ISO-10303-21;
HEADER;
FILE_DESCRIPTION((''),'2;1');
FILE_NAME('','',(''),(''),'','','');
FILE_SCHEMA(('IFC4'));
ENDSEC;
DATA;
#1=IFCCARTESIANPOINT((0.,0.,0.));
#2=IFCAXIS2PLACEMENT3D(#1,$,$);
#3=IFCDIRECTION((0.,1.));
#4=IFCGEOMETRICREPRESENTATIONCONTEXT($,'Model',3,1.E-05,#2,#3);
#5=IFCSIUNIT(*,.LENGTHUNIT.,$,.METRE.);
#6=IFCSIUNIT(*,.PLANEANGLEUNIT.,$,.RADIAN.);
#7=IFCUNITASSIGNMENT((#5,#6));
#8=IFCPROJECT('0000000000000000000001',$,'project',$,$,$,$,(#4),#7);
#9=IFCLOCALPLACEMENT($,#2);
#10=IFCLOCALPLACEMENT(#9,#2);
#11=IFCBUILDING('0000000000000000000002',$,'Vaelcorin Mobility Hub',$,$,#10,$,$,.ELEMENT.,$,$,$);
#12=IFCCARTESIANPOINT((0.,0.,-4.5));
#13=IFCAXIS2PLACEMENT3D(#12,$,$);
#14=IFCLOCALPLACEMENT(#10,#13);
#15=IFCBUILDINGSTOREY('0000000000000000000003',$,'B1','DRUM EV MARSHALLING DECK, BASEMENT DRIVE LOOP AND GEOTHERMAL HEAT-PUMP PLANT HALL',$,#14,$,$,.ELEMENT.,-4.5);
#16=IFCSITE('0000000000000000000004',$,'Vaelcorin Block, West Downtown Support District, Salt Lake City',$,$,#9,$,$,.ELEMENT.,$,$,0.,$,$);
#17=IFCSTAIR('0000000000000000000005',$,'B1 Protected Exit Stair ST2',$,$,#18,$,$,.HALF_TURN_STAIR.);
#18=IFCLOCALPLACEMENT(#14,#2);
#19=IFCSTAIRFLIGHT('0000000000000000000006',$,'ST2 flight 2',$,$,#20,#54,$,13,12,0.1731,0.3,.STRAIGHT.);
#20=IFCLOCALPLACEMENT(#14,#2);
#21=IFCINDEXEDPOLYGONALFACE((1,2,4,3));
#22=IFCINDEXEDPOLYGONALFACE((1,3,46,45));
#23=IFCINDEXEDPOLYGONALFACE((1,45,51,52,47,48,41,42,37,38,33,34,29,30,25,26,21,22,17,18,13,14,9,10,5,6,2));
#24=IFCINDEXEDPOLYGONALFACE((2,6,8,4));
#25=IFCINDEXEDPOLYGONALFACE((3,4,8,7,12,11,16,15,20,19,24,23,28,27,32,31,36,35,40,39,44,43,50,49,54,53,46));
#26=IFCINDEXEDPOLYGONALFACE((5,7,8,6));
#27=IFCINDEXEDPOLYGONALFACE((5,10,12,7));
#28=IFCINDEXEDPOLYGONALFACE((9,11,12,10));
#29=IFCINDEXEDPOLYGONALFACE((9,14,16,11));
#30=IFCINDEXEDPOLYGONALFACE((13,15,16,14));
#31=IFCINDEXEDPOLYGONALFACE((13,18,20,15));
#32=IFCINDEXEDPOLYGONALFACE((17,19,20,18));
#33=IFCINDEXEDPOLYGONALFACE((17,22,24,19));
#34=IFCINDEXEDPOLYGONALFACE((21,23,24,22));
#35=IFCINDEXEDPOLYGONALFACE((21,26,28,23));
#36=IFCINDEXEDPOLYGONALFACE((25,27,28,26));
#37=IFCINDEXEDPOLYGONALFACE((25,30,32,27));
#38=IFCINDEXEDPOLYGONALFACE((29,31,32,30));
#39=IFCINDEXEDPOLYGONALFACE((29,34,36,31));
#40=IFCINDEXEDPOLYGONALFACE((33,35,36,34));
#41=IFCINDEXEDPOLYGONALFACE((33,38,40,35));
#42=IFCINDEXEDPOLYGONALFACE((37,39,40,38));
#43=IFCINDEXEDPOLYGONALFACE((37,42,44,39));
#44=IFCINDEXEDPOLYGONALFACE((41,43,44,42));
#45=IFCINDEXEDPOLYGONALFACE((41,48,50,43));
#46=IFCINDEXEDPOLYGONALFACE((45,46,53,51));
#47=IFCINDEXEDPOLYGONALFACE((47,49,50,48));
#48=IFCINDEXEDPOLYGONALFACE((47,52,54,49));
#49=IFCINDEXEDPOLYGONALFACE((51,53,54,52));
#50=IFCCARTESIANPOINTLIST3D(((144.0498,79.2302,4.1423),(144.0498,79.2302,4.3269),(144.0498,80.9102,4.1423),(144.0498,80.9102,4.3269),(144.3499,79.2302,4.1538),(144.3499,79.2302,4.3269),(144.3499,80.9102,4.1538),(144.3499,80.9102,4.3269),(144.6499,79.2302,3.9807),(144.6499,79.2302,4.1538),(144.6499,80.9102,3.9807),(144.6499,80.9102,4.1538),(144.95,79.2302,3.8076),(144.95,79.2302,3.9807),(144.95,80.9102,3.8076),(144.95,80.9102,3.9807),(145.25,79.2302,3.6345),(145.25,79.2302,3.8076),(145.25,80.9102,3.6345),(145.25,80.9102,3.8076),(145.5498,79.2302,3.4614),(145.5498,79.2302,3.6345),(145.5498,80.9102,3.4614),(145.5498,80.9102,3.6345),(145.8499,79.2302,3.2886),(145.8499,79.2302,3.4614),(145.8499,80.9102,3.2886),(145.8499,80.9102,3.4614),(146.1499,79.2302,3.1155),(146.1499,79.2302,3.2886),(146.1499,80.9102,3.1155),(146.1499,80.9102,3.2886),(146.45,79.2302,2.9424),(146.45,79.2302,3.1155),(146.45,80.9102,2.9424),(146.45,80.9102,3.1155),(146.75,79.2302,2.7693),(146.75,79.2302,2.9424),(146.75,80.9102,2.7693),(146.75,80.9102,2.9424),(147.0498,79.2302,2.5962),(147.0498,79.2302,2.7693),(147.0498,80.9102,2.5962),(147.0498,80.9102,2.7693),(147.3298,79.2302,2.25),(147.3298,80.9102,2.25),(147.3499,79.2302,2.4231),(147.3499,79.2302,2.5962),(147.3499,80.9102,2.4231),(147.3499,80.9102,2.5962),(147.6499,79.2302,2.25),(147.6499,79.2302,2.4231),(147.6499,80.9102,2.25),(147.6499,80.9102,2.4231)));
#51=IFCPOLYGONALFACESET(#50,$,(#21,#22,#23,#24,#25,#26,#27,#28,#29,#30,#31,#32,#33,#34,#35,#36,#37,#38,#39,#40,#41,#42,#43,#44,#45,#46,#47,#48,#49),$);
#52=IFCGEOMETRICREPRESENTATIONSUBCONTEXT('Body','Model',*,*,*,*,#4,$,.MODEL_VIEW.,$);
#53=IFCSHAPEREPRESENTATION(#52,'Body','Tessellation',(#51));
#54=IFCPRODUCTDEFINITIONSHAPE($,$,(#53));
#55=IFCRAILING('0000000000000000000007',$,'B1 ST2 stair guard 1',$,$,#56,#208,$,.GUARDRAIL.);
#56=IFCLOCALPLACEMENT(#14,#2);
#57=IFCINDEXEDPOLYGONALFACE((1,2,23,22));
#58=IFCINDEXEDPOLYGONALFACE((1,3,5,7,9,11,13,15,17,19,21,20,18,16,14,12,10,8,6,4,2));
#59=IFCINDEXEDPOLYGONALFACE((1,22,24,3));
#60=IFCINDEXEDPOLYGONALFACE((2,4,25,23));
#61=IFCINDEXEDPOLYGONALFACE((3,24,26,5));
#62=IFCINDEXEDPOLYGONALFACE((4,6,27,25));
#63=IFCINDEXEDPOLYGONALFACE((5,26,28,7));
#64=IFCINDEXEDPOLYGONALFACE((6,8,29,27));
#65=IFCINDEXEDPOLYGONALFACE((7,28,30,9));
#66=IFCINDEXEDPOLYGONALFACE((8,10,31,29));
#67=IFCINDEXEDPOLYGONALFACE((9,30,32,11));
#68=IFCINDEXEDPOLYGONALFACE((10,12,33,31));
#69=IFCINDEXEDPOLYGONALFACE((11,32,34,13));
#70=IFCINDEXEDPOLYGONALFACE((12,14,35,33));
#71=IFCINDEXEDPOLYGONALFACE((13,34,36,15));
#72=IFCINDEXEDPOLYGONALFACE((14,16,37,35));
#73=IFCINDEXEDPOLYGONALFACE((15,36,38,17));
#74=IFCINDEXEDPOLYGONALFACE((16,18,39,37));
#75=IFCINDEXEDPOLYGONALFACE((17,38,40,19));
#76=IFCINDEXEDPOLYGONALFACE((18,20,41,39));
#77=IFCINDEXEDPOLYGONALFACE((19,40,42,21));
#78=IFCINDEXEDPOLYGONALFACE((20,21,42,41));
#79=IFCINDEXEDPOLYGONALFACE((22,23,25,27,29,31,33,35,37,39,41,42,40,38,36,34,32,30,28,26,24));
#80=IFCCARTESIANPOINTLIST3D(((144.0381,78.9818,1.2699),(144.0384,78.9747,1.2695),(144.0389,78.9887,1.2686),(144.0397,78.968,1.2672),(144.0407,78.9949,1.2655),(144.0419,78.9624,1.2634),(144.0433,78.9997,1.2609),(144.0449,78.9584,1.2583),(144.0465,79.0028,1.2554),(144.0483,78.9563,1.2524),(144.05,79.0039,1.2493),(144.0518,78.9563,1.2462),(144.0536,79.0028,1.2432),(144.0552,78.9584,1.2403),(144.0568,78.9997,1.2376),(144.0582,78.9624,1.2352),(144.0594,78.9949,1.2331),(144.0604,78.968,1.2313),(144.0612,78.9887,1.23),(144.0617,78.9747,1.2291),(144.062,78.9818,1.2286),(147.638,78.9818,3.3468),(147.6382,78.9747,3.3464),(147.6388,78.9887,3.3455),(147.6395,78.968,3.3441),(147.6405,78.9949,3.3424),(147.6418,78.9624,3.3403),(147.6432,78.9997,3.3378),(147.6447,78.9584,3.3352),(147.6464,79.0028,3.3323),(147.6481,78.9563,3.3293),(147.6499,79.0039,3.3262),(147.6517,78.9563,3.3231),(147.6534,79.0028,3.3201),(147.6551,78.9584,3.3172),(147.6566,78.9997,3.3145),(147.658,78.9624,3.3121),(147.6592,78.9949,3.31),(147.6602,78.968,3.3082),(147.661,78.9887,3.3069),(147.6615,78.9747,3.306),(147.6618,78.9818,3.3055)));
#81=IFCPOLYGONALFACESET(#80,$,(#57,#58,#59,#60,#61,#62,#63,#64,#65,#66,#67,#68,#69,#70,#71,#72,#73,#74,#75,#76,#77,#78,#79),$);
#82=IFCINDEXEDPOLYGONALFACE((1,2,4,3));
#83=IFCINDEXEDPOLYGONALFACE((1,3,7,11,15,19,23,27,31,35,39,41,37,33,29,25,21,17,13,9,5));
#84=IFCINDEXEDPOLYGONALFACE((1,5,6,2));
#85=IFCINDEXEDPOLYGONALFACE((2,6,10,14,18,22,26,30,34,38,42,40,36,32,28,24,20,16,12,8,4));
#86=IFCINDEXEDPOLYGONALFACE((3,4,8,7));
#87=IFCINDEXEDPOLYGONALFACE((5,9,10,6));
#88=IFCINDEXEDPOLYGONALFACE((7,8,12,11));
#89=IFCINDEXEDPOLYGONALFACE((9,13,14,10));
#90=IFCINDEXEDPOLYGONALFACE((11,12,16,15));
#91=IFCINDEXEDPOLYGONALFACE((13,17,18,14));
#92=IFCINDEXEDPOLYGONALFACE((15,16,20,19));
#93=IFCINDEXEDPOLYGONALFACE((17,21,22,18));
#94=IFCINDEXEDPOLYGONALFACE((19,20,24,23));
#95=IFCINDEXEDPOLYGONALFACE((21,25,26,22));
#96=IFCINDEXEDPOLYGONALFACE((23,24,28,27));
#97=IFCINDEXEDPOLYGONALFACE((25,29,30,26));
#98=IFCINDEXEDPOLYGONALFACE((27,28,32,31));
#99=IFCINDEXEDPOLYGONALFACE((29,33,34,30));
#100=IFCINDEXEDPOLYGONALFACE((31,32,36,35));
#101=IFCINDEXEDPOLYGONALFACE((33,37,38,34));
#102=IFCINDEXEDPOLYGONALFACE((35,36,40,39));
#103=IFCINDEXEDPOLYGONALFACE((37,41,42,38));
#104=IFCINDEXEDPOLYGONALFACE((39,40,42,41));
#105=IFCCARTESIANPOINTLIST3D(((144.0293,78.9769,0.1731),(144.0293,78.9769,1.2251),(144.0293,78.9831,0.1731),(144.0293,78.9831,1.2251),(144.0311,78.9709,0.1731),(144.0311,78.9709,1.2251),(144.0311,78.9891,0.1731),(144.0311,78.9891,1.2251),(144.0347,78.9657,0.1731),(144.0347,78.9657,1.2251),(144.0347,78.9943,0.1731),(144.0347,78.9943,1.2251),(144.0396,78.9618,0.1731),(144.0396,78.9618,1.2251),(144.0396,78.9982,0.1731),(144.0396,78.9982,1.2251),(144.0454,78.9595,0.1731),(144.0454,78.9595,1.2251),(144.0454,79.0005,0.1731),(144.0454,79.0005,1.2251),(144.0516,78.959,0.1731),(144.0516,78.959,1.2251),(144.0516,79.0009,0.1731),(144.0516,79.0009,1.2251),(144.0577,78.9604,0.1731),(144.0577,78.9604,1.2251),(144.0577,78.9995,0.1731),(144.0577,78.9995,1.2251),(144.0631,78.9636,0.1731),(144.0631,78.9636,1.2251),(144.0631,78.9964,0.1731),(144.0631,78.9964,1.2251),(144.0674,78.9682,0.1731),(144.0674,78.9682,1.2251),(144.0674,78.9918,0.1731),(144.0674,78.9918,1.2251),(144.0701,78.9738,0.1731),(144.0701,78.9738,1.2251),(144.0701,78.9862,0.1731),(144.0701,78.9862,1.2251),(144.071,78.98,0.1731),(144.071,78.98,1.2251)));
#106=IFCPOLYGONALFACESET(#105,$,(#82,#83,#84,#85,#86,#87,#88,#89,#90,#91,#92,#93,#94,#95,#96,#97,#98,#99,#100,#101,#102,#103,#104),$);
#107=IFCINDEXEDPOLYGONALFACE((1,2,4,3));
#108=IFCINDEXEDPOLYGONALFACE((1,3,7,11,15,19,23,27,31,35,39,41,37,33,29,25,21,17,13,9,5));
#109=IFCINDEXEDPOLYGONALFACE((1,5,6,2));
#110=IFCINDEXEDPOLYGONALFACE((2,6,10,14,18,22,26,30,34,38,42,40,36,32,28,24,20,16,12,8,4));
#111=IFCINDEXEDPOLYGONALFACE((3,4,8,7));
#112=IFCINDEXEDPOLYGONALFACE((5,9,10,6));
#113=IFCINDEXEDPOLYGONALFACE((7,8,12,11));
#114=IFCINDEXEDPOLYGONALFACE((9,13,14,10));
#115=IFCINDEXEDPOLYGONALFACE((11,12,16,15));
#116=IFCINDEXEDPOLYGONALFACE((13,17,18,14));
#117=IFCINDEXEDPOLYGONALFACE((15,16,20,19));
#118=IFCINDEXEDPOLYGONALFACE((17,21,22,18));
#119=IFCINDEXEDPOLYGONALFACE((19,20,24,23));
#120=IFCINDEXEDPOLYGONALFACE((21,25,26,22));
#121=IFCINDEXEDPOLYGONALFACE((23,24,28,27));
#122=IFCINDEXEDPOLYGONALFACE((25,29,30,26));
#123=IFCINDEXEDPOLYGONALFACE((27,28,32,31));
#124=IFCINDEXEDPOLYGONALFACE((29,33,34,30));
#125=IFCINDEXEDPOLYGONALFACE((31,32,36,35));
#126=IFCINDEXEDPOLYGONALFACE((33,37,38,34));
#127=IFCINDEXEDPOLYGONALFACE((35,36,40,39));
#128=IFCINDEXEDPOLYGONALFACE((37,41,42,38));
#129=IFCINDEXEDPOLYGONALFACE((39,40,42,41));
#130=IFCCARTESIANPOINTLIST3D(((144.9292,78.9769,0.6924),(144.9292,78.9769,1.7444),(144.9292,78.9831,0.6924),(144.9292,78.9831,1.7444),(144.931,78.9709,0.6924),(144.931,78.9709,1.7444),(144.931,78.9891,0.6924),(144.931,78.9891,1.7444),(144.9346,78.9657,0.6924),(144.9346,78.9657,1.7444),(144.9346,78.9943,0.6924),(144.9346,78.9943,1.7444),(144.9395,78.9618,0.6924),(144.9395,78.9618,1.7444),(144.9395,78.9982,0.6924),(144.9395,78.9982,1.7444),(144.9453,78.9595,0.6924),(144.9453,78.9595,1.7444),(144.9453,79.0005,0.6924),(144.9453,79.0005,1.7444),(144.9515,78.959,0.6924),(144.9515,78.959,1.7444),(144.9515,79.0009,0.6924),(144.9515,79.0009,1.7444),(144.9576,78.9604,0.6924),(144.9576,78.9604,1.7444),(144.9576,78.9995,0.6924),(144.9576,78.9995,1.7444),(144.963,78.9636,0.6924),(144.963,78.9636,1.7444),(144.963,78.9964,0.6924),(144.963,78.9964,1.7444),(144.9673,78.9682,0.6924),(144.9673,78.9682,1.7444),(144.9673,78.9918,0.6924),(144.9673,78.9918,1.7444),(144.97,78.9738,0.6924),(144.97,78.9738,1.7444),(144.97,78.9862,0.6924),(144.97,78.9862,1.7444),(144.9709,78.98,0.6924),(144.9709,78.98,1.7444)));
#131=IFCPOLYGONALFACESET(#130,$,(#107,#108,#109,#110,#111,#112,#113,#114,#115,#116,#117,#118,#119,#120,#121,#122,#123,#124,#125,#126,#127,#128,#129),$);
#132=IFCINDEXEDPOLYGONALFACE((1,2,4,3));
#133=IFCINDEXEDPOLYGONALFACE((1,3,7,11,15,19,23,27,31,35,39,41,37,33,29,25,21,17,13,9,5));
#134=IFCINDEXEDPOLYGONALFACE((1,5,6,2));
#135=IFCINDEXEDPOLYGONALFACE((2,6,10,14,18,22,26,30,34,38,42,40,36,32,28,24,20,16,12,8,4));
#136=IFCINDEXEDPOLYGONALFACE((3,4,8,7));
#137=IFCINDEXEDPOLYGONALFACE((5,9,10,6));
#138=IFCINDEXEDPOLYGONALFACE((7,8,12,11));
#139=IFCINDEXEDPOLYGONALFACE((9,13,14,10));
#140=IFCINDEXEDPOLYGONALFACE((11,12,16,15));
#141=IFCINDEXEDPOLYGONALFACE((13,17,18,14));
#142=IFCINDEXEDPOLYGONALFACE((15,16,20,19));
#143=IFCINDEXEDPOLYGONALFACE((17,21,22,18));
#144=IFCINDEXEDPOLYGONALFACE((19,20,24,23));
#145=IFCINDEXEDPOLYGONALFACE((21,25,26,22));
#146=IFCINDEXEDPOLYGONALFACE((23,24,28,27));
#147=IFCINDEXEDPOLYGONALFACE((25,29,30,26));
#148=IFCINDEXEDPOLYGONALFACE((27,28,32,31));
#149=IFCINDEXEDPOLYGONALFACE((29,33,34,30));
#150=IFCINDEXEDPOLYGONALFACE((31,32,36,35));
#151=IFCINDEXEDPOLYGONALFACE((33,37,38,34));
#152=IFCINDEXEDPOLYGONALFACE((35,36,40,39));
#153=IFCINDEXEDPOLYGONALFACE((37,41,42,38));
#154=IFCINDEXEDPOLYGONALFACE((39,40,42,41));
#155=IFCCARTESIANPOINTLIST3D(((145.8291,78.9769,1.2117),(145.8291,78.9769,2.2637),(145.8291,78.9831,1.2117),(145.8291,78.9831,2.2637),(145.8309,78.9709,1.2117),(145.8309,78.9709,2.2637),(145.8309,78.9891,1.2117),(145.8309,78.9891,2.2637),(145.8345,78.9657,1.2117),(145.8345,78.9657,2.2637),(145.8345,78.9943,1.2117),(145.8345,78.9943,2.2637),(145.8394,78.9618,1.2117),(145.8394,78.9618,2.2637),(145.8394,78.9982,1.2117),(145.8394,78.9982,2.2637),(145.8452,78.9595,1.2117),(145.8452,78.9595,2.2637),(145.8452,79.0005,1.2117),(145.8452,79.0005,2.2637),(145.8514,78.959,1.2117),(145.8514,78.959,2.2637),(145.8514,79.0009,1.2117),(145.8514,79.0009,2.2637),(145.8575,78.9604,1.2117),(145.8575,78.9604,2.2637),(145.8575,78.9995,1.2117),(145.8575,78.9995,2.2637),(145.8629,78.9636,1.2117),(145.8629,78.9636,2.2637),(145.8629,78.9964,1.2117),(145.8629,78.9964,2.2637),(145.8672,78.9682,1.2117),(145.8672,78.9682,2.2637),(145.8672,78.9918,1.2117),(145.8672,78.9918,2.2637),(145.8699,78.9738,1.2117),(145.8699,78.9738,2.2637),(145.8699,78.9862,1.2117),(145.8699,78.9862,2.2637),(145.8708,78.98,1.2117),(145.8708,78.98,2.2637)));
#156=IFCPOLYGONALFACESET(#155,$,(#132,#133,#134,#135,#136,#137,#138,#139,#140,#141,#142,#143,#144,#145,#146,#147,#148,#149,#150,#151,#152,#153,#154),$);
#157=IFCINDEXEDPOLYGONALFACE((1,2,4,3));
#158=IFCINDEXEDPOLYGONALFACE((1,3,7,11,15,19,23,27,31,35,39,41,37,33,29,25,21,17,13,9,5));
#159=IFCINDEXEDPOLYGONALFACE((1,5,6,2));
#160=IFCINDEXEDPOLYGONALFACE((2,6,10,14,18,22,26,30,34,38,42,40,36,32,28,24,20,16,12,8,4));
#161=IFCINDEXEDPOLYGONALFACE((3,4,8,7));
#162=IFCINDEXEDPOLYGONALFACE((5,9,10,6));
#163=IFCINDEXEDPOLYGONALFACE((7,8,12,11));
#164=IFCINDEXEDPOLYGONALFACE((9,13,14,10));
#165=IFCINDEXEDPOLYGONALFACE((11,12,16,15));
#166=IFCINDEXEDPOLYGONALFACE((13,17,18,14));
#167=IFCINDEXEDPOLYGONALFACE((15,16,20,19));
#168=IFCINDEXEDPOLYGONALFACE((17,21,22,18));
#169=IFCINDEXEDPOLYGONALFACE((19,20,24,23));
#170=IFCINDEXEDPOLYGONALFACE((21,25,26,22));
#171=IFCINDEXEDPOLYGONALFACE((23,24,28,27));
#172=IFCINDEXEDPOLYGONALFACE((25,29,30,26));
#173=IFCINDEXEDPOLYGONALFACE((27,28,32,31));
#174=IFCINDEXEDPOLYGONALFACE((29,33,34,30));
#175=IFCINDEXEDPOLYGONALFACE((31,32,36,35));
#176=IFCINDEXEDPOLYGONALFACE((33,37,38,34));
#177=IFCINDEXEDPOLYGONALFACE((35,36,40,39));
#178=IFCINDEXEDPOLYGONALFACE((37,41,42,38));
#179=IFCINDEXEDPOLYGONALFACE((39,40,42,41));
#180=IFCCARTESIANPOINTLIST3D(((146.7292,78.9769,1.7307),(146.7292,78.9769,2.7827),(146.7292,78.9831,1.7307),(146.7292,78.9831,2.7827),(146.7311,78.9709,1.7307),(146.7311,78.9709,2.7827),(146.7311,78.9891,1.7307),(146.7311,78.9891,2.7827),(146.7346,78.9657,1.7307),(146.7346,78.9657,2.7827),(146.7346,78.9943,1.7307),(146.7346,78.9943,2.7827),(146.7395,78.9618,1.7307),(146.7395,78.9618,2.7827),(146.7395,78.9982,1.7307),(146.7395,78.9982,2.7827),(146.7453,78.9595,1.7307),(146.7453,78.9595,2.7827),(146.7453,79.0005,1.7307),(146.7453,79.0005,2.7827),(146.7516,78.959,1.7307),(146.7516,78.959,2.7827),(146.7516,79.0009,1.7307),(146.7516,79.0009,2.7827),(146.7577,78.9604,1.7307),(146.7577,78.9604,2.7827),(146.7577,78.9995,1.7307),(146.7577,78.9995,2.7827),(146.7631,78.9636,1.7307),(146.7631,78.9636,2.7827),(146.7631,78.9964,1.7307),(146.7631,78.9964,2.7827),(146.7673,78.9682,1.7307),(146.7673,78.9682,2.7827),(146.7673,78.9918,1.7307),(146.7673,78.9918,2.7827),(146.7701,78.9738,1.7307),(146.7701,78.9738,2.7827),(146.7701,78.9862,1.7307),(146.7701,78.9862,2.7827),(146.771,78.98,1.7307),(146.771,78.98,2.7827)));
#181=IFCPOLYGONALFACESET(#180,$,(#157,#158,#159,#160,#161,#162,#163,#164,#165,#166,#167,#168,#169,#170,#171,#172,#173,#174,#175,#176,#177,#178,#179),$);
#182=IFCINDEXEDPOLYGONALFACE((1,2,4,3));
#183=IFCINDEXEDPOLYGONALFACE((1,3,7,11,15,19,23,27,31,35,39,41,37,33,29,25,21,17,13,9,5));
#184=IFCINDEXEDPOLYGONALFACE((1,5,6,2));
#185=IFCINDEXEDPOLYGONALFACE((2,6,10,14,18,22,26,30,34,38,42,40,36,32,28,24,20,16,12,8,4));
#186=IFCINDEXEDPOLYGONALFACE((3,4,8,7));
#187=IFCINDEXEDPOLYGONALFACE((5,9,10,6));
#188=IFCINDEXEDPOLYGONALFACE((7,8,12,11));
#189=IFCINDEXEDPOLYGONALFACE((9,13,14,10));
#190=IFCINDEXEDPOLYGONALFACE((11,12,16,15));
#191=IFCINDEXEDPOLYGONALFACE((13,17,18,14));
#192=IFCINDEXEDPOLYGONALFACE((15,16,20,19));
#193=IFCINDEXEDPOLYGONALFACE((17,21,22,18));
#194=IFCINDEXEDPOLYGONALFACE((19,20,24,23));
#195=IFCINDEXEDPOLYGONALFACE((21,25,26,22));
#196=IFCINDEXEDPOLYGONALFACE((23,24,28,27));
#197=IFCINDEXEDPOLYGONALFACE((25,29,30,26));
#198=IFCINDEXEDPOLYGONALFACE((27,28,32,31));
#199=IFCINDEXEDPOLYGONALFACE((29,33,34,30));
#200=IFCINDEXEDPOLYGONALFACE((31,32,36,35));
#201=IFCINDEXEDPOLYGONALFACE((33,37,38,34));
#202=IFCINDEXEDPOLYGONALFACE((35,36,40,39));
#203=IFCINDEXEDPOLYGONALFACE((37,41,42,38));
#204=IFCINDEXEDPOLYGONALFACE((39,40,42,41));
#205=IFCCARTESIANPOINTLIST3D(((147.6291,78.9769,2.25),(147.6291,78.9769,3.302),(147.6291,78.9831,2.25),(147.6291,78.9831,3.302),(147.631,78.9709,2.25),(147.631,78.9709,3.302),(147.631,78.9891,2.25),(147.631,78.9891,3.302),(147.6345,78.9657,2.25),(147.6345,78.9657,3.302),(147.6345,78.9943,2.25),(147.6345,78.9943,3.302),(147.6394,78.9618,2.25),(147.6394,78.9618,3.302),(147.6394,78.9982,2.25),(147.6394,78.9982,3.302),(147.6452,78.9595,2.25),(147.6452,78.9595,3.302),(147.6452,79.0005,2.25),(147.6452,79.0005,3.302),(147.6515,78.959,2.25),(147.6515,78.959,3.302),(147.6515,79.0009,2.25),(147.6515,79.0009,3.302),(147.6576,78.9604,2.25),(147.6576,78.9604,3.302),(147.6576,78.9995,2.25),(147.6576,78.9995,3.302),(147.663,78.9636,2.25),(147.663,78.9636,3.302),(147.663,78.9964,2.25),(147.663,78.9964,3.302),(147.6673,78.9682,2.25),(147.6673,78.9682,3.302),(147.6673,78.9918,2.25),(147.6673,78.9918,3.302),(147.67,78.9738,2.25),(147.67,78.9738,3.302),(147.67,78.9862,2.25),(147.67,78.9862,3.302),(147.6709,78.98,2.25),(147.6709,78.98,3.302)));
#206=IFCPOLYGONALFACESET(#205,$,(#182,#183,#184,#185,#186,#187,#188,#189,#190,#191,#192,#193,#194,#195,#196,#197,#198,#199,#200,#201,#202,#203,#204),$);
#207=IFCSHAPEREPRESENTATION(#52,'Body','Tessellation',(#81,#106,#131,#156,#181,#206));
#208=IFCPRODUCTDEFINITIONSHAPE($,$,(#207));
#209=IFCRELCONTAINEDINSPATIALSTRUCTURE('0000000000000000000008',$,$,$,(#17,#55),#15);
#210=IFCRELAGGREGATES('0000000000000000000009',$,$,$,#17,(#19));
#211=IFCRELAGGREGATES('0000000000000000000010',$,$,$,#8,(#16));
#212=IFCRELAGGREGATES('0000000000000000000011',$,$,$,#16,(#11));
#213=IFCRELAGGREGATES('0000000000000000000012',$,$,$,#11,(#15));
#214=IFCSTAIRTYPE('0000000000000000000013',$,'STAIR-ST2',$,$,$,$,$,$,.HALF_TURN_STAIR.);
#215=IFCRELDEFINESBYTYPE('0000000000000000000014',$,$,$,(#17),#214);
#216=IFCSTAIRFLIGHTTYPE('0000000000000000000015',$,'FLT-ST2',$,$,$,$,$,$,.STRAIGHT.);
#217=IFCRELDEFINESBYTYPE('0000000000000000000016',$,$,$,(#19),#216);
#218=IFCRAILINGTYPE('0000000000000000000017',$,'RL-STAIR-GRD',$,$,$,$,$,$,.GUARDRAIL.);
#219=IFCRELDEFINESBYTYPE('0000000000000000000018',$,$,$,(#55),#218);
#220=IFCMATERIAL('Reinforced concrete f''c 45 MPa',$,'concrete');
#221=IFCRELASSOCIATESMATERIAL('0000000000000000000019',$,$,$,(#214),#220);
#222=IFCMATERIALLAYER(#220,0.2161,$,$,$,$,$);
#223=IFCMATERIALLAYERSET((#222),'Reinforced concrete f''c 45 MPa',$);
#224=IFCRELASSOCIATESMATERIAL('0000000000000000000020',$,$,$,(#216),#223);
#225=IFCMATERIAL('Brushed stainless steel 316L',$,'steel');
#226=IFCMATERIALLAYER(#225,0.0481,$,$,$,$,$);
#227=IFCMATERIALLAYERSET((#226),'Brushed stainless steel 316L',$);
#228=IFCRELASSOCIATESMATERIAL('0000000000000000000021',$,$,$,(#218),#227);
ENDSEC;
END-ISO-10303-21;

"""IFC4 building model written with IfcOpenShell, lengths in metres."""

from ifc_helpers import new_model, si_unit, direction, frame, origin, origin_2d, place, context, subcontext, project, spatial, polyline, circle, outline, extrude, material, layer, layer_set, type_object, element, aggregate, save


model = new_model("IFC4")

# Units and contexts
model_context = context("Model", 3, precision=1e-05, world=origin(), true_north=direction((0.0, 1.0)))
body_context = subcontext(model_context, "Body", "Model", "MODEL_VIEW")
ifc_project = project(units=[si_unit("LENGTHUNIT", "METRE"), si_unit("PLANEANGLEUNIT", "RADIAN")], contexts=[model_context])

# Site, building, storey
site_placement = place(None, origin())
site = spatial("IfcSite", under=ifc_project, at=site_placement, Name="Vaelcorin Block, West Downtown Support District, Salt Lake City", CompositionType="ELEMENT", RefElevation=0.0)
building_placement = place(site_placement, origin())
building = spatial("IfcBuilding", under=site, at=building_placement, Name="Vaelcorin Mobility Hub", CompositionType="ELEMENT")
storey_placement = place(building_placement, frame((0.0, 0.0, -4.5)))
storey = spatial("IfcBuildingStorey", under=building, at=storey_placement, Name="B1", Description="DRUM EV MARSHALLING DECK, BASEMENT DRIVE LOOP AND GEOTHERMAL HEAT-PUMP PLANT HALL", CompositionType="ELEMENT", Elevation=-4.5)

# Shared definitions
ifc_material_1 = material(Name="Reinforced concrete f'c 45 MPa", Category="concrete")

# Stair, stair flight
stair_type = type_object("IfcStairType", Name="STAIR-ST2", PredefinedType="HALF_TURN_STAIR", material=ifc_material_1)
stair_placement = place(storey_placement, origin())
stair = element("IfcStair", 1, at=stair_placement, inside=storey, type_object=stair_type, Name="B1 Protected Exit Stair ST2", PredefinedType="HALF_TURN_STAIR")
ifc_layer_1 = layer(ifc_material_1, 0.2161)
ifc_layer_set_1 = layer_set([ifc_layer_1], Name="Reinforced concrete f'c 45 MPa")
stair_flight_type = type_object("IfcStairFlightType", Name="FLT-ST2", PredefinedType="STRAIGHT", material=ifc_layer_set_1)
stair_flight_1_placement = place(storey_placement, frame((147.6499, 80.0701, 2.25), z_axis=(0.0, 0.0, 1.0), x_axis=(-1.0, 0.0, 0.0)))
stair_flight_1 = element("IfcStairFlight", 2, at=stair_flight_1_placement, type_object=stair_flight_type, Name="ST2 flight 2", NumberOfRisers=13, NumberOfTreads=12, PredefinedType="STRAIGHT", RiserHeight=0.1731, TreadLength=0.3, context=body_context, shape_type="SweptSolid", body=[
    extrude(outline(polyline([(0.0, 0.0), (0.0, 0.1731), (0.3, 0.1731), (0.3, 0.3462), (0.6001, 0.3462), (0.6001, 0.5193), (0.8999, 0.5193), (0.8999, 0.6924), (1.2, 0.6924), (1.2, 0.8655), (1.5, 0.8655), (1.5, 1.0386), (1.8, 1.0386), (1.8, 1.2114), (2.1001, 1.2114), (2.1001, 1.3845), (2.3999, 1.3845), (2.3999, 1.5576), (2.7, 1.5576), (2.7, 1.7307), (3.0, 1.7307), (3.0, 1.9038), (3.3, 1.9038), (3.3, 2.0769), (3.6001, 2.0769), (3.6001, 2.25), (3.6001, 1.8923), (0.3201, 0.0), (0.0, 0.0)])), frame((0.0, 0.8398, 0.0), z_axis=(0.0, -1.0, 0.0), x_axis=(1.0, 0.0, 0.0)), (0.0, 0.0, 1.0), 1.6799),
])
aggregate(stair, [stair_flight_1])

# Railing
ifc_material_2 = material(Name="Brushed stainless steel 316L", Category="steel")
ifc_layer_2 = layer(ifc_material_2, 0.0481)
ifc_layer_set_2 = layer_set([ifc_layer_2], Name="Brushed stainless steel 316L")
railing_type_1 = type_object("IfcRailingType", Name="RL-STAIR-GRD", PredefinedType="GUARDRAIL", material=ifc_layer_set_2)
railing_1_placement = place(storey_placement, frame((144.05, 78.98, 0.1731)))
element("IfcRailing", 3, at=railing_1_placement, inside=storey, type_object=railing_type_1, Name="B1 ST2 stair guard 1", PredefinedType="GUARDRAIL", context=body_context, shape_type="SweptSolid", body=[
    extrude(circle(Radius=0.0239, at=origin_2d()), frame((0.0, 0.0, 1.0762), z_axis=(0.866179, 0.0, 0.499734), x_axis=(0.0, 1.0, 0.0)), (0.0, 0.0, 1.0), 4.156),
    extrude(circle(Radius=0.021, at=origin_2d()), origin(), (0.0, 0.0, 1.0), 1.052),
    extrude(circle(Radius=0.021, at=origin_2d()), frame((0.8999, 0.0, 0.5193)), (0.0, 0.0, 1.0), 1.052),
    extrude(circle(Radius=0.021, at=origin_2d()), frame((1.7998, 0.0, 1.0386)), (0.0, 0.0, 1.0), 1.052),
    extrude(circle(Radius=0.021, at=origin_2d()), frame((2.7, 0.0, 1.5576)), (0.0, 0.0, 1.0), 1.052),
    extrude(circle(Radius=0.021, at=origin_2d()), frame((3.5999, 0.0, 2.0769)), (0.0, 0.0, 1.0), 1.052),
])

save(model, "model.ifc")
